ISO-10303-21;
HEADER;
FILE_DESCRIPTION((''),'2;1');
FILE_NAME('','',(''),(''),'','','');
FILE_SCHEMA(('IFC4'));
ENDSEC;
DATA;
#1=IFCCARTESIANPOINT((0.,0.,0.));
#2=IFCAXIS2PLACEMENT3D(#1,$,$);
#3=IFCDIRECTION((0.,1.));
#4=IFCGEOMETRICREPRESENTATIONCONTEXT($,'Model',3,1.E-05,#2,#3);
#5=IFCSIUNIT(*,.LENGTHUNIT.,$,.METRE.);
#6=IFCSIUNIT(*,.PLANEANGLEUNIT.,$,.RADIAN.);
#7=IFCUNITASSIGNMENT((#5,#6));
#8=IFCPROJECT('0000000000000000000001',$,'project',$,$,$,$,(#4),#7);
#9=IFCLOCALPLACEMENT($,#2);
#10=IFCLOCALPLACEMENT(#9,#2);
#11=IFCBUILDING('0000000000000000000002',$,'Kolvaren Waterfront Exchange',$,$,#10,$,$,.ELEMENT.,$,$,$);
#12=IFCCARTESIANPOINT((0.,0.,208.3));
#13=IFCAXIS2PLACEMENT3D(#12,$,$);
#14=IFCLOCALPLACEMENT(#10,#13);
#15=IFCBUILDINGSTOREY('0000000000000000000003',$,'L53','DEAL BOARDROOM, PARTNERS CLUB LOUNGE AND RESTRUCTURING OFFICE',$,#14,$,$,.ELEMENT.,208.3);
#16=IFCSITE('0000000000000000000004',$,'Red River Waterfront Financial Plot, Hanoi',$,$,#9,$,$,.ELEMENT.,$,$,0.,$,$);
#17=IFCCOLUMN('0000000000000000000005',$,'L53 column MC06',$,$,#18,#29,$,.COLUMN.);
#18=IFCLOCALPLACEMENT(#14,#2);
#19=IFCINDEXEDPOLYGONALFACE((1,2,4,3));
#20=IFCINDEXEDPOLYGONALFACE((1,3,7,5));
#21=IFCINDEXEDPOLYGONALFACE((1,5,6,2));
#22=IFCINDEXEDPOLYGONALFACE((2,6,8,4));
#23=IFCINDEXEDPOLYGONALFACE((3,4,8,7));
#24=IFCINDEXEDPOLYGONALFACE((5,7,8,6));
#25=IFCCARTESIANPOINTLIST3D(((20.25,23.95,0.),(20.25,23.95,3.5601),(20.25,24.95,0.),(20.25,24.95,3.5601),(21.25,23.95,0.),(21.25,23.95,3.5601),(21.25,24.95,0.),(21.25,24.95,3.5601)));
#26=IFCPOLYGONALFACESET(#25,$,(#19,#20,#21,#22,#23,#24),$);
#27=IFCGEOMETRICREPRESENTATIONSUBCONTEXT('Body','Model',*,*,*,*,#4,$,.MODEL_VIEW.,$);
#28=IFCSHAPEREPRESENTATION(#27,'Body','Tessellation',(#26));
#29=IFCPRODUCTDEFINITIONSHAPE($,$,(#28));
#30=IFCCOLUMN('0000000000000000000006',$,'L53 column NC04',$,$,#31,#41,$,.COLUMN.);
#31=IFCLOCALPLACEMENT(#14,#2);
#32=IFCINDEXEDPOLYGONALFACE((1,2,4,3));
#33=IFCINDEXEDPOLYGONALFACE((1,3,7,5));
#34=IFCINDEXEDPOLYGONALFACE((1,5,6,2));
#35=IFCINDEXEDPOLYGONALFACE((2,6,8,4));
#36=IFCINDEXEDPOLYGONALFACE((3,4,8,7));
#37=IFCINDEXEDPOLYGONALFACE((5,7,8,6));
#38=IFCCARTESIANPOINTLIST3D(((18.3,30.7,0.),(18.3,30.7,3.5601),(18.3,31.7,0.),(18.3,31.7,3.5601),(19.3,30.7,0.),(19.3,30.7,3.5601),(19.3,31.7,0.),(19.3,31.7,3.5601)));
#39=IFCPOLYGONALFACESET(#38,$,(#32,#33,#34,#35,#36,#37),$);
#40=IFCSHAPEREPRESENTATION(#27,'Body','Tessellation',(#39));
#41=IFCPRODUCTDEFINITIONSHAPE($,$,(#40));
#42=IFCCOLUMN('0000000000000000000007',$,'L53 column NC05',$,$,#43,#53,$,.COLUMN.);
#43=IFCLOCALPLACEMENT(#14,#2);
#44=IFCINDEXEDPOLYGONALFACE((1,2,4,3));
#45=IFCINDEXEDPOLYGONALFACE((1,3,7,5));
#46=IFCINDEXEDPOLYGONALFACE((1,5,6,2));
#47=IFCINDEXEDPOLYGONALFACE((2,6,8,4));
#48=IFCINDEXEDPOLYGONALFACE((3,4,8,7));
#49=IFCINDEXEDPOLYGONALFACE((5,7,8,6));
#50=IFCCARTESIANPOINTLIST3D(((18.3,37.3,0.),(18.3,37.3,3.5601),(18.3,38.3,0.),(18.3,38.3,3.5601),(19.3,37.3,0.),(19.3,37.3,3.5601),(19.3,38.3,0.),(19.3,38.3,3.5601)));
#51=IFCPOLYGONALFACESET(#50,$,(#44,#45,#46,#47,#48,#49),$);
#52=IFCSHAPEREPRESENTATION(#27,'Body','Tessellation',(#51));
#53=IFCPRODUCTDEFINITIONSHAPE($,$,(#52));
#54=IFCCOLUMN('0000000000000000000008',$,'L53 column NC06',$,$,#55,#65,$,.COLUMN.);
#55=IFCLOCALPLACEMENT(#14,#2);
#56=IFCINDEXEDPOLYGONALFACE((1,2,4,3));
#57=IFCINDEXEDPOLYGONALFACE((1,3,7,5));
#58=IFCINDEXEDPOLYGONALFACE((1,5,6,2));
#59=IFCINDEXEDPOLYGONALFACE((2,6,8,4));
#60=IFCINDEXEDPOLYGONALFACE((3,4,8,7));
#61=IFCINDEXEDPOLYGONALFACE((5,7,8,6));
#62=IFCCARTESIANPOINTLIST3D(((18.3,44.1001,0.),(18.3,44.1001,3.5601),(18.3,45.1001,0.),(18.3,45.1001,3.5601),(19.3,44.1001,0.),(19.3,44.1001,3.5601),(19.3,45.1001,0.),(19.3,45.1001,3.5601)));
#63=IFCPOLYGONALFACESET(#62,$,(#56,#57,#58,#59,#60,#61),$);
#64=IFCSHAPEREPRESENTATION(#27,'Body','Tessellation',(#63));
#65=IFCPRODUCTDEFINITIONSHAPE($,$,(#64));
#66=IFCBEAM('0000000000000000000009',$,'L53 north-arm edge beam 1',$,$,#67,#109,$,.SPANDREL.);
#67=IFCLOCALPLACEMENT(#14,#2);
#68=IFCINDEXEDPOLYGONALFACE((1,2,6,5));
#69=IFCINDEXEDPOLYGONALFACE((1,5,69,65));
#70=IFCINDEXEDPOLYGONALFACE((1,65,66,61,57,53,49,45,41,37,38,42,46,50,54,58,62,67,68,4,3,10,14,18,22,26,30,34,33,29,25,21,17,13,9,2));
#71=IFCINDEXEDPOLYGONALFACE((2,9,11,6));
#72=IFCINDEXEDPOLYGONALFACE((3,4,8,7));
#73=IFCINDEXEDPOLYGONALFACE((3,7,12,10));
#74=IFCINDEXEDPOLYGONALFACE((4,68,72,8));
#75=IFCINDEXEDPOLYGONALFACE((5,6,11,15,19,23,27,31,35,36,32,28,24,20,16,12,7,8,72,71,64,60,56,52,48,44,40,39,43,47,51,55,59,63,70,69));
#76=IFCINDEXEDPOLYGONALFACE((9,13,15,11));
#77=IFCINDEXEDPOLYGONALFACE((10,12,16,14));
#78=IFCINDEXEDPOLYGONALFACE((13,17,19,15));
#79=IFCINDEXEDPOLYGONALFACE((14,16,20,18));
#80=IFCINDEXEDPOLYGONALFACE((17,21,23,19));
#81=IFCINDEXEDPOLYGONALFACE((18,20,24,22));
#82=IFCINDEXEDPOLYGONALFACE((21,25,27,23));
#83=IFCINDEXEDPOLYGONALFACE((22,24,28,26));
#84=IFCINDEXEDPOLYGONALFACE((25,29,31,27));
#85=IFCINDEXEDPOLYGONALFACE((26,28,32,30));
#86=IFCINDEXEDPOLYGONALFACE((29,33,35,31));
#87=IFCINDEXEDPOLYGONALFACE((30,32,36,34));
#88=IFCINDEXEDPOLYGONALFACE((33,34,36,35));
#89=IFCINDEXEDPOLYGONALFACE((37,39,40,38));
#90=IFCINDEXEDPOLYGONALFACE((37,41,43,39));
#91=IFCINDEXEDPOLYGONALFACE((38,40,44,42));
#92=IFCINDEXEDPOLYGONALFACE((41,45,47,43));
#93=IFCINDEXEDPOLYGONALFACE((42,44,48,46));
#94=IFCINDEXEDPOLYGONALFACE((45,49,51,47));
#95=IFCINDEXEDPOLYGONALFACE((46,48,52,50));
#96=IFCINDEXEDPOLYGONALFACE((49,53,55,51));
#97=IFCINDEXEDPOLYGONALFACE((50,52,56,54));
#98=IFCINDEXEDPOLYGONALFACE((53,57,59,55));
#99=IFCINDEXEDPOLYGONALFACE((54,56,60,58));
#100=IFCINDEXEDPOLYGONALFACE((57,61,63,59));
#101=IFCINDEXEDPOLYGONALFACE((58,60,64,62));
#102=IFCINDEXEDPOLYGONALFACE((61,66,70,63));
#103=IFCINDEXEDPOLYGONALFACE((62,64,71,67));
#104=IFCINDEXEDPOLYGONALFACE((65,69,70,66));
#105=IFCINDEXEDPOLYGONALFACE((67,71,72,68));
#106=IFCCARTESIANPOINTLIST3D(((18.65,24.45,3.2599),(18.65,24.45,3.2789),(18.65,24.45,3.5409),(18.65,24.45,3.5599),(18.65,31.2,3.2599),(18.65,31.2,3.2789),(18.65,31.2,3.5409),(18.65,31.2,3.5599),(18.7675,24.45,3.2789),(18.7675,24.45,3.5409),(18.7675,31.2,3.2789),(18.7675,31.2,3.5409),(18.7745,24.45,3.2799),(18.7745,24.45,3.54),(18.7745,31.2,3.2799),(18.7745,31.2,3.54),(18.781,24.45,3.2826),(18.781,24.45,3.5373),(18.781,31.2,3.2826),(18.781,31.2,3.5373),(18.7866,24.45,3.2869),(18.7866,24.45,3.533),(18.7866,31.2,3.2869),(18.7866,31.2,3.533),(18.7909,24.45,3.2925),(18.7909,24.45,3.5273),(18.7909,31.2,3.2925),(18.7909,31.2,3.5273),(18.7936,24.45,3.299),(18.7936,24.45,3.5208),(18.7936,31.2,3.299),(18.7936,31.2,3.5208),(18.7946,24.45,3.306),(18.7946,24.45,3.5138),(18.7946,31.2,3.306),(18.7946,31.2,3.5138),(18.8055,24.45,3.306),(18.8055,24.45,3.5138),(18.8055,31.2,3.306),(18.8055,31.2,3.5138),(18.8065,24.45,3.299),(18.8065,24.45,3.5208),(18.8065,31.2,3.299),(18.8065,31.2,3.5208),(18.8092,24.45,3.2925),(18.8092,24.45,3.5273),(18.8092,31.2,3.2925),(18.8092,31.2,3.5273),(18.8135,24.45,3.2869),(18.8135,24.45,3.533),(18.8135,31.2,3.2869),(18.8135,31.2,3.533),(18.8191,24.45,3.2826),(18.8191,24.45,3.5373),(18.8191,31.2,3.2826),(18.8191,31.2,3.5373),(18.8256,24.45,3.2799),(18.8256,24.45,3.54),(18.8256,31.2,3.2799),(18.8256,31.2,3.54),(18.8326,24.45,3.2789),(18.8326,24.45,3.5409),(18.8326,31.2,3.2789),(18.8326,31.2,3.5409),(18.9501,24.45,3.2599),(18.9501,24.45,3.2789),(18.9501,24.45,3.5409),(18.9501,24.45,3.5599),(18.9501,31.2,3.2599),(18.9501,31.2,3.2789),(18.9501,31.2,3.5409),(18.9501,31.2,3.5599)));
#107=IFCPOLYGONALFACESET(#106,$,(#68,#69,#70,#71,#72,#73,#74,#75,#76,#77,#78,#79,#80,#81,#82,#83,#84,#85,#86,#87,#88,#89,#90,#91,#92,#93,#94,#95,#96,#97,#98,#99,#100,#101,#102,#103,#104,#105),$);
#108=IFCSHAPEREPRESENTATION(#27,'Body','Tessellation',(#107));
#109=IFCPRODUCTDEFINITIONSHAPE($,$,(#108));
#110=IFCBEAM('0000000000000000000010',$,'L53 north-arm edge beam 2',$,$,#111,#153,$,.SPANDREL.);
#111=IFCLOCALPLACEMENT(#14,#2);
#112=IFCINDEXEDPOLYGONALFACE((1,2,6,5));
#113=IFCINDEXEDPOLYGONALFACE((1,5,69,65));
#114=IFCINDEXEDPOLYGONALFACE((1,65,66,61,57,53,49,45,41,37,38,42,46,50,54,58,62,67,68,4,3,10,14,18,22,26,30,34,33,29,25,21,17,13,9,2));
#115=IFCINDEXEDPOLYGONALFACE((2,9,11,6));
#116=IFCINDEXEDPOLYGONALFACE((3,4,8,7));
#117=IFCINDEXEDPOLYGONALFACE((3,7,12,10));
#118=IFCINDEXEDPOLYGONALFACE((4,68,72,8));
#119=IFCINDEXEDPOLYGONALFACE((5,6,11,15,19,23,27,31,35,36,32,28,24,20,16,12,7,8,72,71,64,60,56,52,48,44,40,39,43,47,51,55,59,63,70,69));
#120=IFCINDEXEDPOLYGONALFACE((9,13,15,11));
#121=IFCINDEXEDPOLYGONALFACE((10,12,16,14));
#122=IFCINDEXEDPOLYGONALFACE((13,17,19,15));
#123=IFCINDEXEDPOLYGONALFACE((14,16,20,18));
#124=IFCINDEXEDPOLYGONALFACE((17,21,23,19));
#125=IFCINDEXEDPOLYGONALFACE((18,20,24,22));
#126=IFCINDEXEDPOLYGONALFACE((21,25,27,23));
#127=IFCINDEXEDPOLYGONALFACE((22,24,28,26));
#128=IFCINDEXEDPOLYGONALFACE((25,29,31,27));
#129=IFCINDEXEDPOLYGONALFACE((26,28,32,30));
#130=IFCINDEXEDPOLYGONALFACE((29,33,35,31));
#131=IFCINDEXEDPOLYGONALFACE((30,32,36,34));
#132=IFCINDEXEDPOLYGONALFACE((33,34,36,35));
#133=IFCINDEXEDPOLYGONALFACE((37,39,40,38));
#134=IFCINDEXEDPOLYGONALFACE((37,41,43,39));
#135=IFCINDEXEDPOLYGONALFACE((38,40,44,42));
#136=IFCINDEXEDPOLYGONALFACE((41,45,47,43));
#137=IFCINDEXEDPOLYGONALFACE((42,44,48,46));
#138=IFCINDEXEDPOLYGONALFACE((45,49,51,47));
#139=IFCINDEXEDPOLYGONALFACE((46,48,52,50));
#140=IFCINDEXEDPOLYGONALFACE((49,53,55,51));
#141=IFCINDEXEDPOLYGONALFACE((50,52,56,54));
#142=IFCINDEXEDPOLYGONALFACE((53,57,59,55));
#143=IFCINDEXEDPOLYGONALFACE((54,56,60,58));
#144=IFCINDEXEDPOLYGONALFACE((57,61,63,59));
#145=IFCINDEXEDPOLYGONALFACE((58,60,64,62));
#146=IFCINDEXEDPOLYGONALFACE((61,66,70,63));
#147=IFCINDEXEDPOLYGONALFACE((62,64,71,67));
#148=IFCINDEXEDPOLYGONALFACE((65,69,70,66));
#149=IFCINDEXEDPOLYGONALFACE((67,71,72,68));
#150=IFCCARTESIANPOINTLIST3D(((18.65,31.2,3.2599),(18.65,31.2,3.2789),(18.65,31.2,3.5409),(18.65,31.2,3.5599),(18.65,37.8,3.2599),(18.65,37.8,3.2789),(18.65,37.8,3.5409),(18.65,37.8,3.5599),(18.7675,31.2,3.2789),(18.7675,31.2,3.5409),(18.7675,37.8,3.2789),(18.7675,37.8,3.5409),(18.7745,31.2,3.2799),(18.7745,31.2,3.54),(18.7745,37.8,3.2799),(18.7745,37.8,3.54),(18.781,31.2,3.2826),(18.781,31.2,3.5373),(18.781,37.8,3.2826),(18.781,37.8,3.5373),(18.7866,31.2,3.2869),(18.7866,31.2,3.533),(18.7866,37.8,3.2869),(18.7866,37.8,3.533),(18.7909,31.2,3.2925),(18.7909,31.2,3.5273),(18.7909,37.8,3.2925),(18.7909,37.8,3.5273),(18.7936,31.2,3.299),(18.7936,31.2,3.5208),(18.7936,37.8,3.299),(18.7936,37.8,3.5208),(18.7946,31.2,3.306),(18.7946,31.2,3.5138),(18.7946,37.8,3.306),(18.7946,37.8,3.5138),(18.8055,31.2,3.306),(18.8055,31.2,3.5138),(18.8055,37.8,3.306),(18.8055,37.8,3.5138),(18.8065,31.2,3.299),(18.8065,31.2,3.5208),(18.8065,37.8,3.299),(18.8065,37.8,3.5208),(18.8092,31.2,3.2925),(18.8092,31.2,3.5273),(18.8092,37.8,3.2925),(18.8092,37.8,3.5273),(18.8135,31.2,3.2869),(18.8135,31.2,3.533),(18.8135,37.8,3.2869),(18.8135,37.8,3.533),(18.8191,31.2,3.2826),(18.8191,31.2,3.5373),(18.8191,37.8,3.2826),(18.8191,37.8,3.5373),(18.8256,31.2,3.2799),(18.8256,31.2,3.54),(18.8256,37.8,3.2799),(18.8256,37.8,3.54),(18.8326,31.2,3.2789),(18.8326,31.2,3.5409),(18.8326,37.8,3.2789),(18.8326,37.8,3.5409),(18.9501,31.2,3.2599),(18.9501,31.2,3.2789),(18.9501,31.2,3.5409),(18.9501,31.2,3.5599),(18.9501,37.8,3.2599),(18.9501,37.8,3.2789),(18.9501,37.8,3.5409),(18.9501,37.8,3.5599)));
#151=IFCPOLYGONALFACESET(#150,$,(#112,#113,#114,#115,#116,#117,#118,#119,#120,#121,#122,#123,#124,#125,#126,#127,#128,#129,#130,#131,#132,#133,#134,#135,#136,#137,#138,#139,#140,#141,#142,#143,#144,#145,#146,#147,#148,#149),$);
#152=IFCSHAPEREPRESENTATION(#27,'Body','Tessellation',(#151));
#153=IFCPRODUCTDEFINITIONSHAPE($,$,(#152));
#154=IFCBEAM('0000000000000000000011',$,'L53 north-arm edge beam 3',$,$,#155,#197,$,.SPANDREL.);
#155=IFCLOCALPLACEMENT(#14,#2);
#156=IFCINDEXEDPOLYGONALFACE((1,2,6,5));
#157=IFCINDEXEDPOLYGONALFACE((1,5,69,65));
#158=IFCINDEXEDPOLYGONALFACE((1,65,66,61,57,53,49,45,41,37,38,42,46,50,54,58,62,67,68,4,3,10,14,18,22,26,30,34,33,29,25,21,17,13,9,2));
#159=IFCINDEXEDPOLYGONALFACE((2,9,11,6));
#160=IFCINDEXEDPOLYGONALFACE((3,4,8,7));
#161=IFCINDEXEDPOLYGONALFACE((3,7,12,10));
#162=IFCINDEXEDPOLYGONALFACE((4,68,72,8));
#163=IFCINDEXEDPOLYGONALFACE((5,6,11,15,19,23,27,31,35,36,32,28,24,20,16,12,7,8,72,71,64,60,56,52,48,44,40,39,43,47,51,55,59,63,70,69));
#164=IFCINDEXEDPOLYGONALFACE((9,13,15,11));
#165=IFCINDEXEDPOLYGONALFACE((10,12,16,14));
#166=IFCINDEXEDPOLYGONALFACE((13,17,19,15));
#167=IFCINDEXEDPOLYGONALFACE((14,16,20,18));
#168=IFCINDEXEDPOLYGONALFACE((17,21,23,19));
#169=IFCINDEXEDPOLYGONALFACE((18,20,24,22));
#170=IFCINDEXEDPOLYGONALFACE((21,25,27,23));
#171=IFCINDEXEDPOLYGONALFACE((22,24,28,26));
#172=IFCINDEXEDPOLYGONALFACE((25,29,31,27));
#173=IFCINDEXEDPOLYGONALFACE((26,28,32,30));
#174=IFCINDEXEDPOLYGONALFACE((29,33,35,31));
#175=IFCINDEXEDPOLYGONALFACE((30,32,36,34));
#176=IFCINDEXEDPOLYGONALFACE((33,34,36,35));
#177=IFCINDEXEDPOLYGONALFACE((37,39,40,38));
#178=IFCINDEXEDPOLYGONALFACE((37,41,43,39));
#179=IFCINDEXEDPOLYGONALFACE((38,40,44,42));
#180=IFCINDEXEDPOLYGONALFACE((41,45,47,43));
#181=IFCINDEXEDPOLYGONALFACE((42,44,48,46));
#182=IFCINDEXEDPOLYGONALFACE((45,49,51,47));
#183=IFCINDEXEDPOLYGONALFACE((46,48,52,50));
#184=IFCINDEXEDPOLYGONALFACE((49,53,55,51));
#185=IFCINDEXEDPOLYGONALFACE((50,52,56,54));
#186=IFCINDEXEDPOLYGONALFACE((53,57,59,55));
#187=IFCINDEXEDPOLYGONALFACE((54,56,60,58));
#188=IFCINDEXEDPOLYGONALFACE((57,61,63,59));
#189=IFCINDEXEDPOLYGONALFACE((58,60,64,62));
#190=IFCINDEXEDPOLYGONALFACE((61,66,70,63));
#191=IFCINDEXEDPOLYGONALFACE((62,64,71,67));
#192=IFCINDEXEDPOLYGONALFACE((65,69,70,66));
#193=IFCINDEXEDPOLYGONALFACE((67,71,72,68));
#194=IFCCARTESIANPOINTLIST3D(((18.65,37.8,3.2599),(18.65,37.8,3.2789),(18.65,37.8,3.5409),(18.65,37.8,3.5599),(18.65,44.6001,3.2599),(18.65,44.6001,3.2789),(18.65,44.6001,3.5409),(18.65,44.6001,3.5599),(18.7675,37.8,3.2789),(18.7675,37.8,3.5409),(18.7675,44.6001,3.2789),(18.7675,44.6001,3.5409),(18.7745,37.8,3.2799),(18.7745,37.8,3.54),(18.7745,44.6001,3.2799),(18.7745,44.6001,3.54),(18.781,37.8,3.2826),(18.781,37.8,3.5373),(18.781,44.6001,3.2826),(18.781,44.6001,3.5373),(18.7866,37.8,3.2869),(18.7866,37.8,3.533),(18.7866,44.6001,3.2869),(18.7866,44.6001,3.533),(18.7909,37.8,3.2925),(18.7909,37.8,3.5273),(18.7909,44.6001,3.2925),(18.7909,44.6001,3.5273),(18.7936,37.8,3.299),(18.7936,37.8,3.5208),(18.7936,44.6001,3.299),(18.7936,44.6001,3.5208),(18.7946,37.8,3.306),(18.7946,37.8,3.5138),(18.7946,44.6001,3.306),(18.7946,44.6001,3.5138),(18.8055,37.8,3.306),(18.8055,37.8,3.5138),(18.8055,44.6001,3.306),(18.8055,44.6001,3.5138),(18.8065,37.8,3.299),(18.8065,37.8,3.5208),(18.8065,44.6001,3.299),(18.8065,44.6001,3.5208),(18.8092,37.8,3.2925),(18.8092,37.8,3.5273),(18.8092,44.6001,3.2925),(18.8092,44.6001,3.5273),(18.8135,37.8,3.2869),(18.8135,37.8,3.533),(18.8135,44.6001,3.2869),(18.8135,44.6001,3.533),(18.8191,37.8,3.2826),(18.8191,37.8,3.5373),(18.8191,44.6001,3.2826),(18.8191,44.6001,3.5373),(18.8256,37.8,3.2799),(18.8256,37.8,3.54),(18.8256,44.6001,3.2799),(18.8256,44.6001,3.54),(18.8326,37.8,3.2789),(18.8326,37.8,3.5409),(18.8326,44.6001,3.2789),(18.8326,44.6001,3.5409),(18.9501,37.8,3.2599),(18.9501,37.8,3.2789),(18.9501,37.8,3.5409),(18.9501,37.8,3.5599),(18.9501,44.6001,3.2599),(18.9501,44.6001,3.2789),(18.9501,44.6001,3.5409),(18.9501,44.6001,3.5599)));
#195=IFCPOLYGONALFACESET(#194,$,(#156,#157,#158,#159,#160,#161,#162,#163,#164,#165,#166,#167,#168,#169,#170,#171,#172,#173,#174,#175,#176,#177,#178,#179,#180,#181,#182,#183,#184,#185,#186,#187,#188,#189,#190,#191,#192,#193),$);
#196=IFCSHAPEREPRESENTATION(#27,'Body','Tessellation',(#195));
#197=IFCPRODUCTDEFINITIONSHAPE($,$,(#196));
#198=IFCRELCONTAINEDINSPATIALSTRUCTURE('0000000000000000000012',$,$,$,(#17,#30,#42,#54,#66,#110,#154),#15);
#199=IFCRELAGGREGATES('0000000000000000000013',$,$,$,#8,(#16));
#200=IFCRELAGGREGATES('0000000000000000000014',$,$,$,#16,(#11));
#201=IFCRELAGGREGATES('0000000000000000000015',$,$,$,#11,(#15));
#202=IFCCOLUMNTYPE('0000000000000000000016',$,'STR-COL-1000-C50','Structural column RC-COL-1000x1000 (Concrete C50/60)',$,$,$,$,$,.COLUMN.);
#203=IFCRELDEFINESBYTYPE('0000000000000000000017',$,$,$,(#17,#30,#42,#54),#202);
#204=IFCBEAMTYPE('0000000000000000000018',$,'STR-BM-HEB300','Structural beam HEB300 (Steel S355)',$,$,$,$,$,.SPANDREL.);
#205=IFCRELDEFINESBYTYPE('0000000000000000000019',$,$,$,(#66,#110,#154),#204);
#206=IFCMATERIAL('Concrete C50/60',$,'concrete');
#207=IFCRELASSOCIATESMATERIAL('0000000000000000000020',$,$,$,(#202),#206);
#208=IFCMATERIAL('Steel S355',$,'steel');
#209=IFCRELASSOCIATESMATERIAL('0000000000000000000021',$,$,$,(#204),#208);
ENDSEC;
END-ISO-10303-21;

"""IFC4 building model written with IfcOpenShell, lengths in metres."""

from ifc_helpers import new_model, si_unit, direction, frame, origin, origin_2d, place, context, subcontext, project, spatial, rectangle, i_section, extrude, material, material_profile, profile_set, type_object, element, save


model = new_model("IFC4")

# Units and contexts
model_context = context("Model", 3, precision=1e-05, world=origin(), true_north=direction((0.0, 1.0)))
body_context = subcontext(model_context, "Body", "Model", "MODEL_VIEW")
ifc_project = project(units=[si_unit("LENGTHUNIT", "METRE"), si_unit("PLANEANGLEUNIT", "RADIAN")], contexts=[model_context])

# Site, building, storey
site_placement = place(None, origin())
site = spatial("IfcSite", under=ifc_project, at=site_placement, Name="Red River Waterfront Financial Plot, Hanoi", CompositionType="ELEMENT", RefElevation=0.0)
building_placement = place(site_placement, origin())
building = spatial("IfcBuilding", under=site, at=building_placement, Name="Kolvaren Waterfront Exchange", CompositionType="ELEMENT")
storey_placement = place(building_placement, frame((0.0, 0.0, 208.3)))
storey = spatial("IfcBuildingStorey", under=building, at=storey_placement, Name="L53", Description="DEAL BOARDROOM, PARTNERS CLUB LOUNGE AND RESTRUCTURING OFFICE", CompositionType="ELEMENT", Elevation=208.3)

# Columns
ifc_material_1 = material(Name="Concrete C50/60", Category="concrete")
ifc_material_profile_1 = material_profile(ifc_material_1, rectangle(XDim=1.0, YDim=1.0, at=origin_2d()), Name="RC-COL-1000x1000")
ifc_profile_set_1 = profile_set([ifc_material_profile_1], Name="Concrete C50/60")
column_type = type_object("IfcColumnType", Name="STR-COL-1000-C50", Description="Structural column RC-COL-1000x1000 (Concrete C50/60)", PredefinedType="COLUMN", material=ifc_profile_set_1)
for number, where, z_axis, x_axis, name in (
    (1, (20.75, 24.45, 0.0), (0.0, 0.0, 1.0), (1.0, 0.0, 0.0), "L53 column MC06"),
    (2, (18.8, 31.2, 0.0), (0.0, 0.0, 1.0), (1.0, 0.0, 0.0), "L53 column NC04"),
    (3, (18.8, 37.8, 0.0), (0.0, 0.0, 1.0), (1.0, 0.0, 0.0), "L53 column NC05"),
    (4, (18.8, 44.6001, 0.0), (0.0, 0.0, 1.0), (1.0, 0.0, 0.0), "L53 column NC06"),
):
    element("IfcColumn", number, at=place(storey_placement, frame(where, z_axis=z_axis, x_axis=x_axis)), inside=storey, type_object=column_type, Name=name, PredefinedType="COLUMN", context=body_context, shape_type="SweptSolid", body=[
        extrude(rectangle(XDim=1.0, YDim=1.0, at=origin_2d()), origin(), (0.0, 0.0, 1.0), 3.5601),
    ])

# Beams
ifc_material_2 = material(Name="Steel S355", Category="steel")
ifc_material_profile_2 = material_profile(ifc_material_2, i_section(OverallWidth=0.3, OverallDepth=0.3, WebThickness=0.011, FlangeThickness=0.019, FilletRadius=0.0271, at=origin_2d()), Name="HEB300")
ifc_profile_set_2 = profile_set([ifc_material_profile_2], Name="Steel S355")
beam_type = type_object("IfcBeamType", Name="STR-BM-HEB300", Description="Structural beam HEB300 (Steel S355)", PredefinedType="SPANDREL", material=ifc_profile_set_2)
beam_1_placement = place(storey_placement, frame((18.8, 24.45, 3.4099), z_axis=(0.0, 1.0, 0.0), x_axis=(-1.0, 0.0, 0.0)))
element("IfcBeam", 5, at=beam_1_placement, inside=storey, type_object=beam_type, Name="L53 north-arm edge beam 1", PredefinedType="SPANDREL", context=body_context, shape_type="SweptSolid", body=[
    extrude(i_section(OverallWidth=0.3, OverallDepth=0.3, WebThickness=0.011, FlangeThickness=0.019, FilletRadius=0.0271, at=origin_2d()), origin(), (0.0, 0.0, 1.0), 6.75),
])
beam_2_placement = place(storey_placement, frame((18.8, 31.2, 3.4099), z_axis=(0.0, 1.0, 0.0), x_axis=(-1.0, 0.0, 0.0)))
element("IfcBeam", 6, at=beam_2_placement, inside=storey, type_object=beam_type, Name="L53 north-arm edge beam 2", PredefinedType="SPANDREL", context=body_context, shape_type="SweptSolid", body=[
    extrude(i_section(OverallWidth=0.3, OverallDepth=0.3, WebThickness=0.011, FlangeThickness=0.019, FilletRadius=0.0271, at=origin_2d()), origin(), (0.0, 0.0, 1.0), 6.6001),
])
beam_3_placement = place(storey_placement, frame((18.8, 37.8, 3.4099), z_axis=(0.0, 1.0, 0.0), x_axis=(-1.0, 0.0, 0.0)))
element("IfcBeam", 7, at=beam_3_placement, inside=storey, type_object=beam_type, Name="L53 north-arm edge beam 3", PredefinedType="SPANDREL", context=body_context, shape_type="SweptSolid", body=[
    extrude(i_section(OverallWidth=0.3, OverallDepth=0.3, WebThickness=0.011, FlangeThickness=0.019, FilletRadius=0.0271, at=origin_2d()), origin(), (0.0, 0.0, 1.0), 6.8),
])

save(model, "model.ifc")
